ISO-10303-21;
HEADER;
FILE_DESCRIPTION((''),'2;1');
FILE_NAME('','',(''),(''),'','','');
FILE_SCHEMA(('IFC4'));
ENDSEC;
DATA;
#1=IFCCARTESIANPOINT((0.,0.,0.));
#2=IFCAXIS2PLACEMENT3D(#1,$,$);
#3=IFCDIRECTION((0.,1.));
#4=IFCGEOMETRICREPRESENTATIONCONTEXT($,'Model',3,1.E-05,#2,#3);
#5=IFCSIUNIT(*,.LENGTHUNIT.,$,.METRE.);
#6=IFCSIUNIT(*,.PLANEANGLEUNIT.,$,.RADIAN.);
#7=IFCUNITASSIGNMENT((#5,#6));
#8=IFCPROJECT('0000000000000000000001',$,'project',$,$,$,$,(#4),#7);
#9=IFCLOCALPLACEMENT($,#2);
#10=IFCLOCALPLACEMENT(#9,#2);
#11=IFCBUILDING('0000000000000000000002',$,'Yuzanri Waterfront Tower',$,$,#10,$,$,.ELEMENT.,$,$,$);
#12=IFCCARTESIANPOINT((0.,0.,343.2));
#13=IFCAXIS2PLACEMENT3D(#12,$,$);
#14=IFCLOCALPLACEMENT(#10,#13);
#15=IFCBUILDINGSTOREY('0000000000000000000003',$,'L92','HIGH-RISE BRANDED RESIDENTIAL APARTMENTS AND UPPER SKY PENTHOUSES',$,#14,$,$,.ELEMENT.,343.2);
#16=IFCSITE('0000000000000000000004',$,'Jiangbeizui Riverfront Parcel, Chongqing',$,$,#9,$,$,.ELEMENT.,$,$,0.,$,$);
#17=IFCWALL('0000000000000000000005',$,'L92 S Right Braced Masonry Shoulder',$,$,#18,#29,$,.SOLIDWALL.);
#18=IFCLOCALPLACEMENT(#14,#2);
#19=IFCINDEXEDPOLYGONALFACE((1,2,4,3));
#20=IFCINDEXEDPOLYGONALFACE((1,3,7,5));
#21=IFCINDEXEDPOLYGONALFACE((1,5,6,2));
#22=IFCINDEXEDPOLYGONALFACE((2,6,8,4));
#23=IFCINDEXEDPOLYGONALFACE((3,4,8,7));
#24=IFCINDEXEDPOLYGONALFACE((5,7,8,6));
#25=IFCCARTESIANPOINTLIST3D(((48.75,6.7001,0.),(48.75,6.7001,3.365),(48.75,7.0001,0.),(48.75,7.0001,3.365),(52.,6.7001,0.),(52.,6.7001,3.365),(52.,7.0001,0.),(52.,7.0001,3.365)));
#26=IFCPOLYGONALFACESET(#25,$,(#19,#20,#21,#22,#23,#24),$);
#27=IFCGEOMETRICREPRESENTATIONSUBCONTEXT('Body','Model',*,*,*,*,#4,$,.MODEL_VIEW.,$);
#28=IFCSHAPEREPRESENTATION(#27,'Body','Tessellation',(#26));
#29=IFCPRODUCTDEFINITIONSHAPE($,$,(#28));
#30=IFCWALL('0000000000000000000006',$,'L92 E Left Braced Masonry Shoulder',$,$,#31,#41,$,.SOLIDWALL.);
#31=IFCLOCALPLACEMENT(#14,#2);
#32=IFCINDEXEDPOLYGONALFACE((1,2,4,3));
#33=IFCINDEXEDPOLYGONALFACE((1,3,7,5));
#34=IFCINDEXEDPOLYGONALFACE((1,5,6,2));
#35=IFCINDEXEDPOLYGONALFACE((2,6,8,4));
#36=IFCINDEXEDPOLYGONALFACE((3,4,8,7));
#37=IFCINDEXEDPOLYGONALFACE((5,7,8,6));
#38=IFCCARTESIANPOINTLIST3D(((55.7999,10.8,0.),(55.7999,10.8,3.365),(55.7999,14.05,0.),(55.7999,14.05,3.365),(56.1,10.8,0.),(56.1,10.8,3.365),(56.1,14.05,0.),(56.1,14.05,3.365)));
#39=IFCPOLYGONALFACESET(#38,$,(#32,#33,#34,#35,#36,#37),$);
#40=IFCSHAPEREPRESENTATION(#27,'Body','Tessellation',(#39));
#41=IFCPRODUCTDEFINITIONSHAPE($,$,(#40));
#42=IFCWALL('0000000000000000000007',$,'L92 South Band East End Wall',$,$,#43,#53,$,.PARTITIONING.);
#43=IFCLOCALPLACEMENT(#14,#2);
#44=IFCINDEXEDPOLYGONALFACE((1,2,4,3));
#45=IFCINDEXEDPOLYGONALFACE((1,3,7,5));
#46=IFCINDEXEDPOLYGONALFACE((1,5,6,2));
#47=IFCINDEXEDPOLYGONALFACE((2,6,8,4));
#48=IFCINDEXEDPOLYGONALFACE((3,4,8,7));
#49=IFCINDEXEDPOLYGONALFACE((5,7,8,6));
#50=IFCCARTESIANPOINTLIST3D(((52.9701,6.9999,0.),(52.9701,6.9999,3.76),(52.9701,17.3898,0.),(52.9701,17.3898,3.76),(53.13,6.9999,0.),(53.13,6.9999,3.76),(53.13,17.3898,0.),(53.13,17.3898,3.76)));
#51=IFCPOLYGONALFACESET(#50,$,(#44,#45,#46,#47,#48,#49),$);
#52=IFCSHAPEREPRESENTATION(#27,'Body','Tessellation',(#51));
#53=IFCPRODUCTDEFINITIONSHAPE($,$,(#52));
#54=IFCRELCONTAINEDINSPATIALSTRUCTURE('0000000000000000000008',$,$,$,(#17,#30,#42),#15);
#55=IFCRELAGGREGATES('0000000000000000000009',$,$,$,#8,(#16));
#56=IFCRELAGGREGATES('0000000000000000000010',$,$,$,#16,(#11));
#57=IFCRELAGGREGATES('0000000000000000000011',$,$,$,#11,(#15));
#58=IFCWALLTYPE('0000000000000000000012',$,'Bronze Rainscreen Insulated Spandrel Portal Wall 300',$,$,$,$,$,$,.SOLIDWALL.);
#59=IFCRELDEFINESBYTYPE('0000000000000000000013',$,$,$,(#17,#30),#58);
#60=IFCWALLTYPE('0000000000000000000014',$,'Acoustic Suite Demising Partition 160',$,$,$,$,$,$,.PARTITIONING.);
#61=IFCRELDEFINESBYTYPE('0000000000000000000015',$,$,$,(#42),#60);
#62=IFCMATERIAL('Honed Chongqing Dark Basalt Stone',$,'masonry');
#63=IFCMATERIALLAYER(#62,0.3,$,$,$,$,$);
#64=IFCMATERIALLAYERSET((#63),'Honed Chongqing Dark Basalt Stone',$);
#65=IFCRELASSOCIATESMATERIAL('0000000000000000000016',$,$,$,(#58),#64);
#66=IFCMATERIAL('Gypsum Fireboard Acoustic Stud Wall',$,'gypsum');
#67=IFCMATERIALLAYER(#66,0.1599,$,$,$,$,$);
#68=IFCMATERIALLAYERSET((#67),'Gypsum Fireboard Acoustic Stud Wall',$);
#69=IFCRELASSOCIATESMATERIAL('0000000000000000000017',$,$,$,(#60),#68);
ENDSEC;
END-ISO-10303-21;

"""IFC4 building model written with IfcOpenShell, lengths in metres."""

from ifc_helpers import new_model, si_unit, direction, frame, frame_2d, origin, place, context, subcontext, project, spatial, rectangle, extrude, source, transform, mapped, material, layer, layer_set, type_object, element, save


model = new_model("IFC4")

# Units and contexts
model_context = context("Model", 3, precision=1e-05, world=origin(), true_north=direction((0.0, 1.0)))
body_context = subcontext(model_context, "Body", "Model", "MODEL_VIEW")
ifc_project = project(units=[si_unit("LENGTHUNIT", "METRE"), si_unit("PLANEANGLEUNIT", "RADIAN")], contexts=[model_context])

# Site, building, storey
site_placement = place(None, origin())
site = spatial("IfcSite", under=ifc_project, at=site_placement, Name="Jiangbeizui Riverfront Parcel, Chongqing", CompositionType="ELEMENT", RefElevation=0.0)
building_placement = place(site_placement, origin())
building = spatial("IfcBuilding", under=site, at=building_placement, Name="Yuzanri Waterfront Tower", CompositionType="ELEMENT")
storey_placement = place(building_placement, frame((0.0, 0.0, 343.2)))
storey = spatial("IfcBuildingStorey", under=building, at=storey_placement, Name="L92", Description="HIGH-RISE BRANDED RESIDENTIAL APARTMENTS AND UPPER SKY PENTHOUSES", CompositionType="ELEMENT", Elevation=343.2)

# Shared definitions
ifc_material_1 = material(Name="Honed Chongqing Dark Basalt Stone", Category="masonry")
ifc_layer_1 = layer(ifc_material_1, 0.3)
ifc_layer_set_1 = layer_set([ifc_layer_1], Name="Honed Chongqing Dark Basalt Stone")
wall_type_1 = type_object("IfcWallType", Name="Bronze Rainscreen Insulated Spandrel Portal Wall 300", PredefinedType="SOLIDWALL", material=ifc_layer_set_1)

# Walls
shared_shape_1 = source(origin(), body_context, "Body", "SweptSolid", [
    extrude(rectangle(XDim=3.25, YDim=0.3, at=frame_2d((1.625, 0.0))), origin(), (0.0, 0.0, 1.0), 3.365),
])
for number, where, z_axis, x_axis, name in (
    (1, (48.75, 6.8501, 0.0), (0.0, 0.0, 1.0), (1.0, 0.0, 0.0), "L92 S Right Braced Masonry Shoulder"),
    (2, (55.95, 10.8, 0.0), (0.0, 0.0, 1.0), (0.0, 1.0, 0.0), "L92 E Left Braced Masonry Shoulder"),
):
    element("IfcWall", number, at=place(storey_placement, frame(where, z_axis=z_axis, x_axis=x_axis)), inside=storey, type_object=wall_type_1, Name=name, PredefinedType="SOLIDWALL", context=body_context, shape_type="MappedRepresentation", body=[
        mapped(shared_shape_1, transform((0.0, 0.0, 0.0), scale=1.0)),
    ])
ifc_material_2 = material(Name="Gypsum Fireboard Acoustic Stud Wall", Category="gypsum")
ifc_layer_2 = layer(ifc_material_2, 0.1599)
ifc_layer_set_2 = layer_set([ifc_layer_2], Name="Gypsum Fireboard Acoustic Stud Wall")
wall_type_2 = type_object("IfcWallType", Name="Acoustic Suite Demising Partition 160", PredefinedType="PARTITIONING", material=ifc_layer_set_2)
shared_shape_2 = source(origin(), body_context, "Body", "SweptSolid", [
    extrude(rectangle(XDim=10.3899, YDim=0.1599, at=frame_2d((5.1948, 0.0))), origin(), (0.0, 0.0, 1.0), 3.76),
])
wall_1_placement = place(storey_placement, frame((53.05, 7.0, 0.0), z_axis=(0.0, 0.0, 1.0), x_axis=(0.0, 1.0, 0.0)))
element("IfcWall", 3, at=wall_1_placement, inside=storey, type_object=wall_type_2, Name="L92 South Band East End Wall", PredefinedType="PARTITIONING", context=body_context, shape_type="MappedRepresentation", body=[
    mapped(shared_shape_2, transform((0.0, 0.0, 0.0), scale=1.0)),
])

save(model, "model.ifc")
